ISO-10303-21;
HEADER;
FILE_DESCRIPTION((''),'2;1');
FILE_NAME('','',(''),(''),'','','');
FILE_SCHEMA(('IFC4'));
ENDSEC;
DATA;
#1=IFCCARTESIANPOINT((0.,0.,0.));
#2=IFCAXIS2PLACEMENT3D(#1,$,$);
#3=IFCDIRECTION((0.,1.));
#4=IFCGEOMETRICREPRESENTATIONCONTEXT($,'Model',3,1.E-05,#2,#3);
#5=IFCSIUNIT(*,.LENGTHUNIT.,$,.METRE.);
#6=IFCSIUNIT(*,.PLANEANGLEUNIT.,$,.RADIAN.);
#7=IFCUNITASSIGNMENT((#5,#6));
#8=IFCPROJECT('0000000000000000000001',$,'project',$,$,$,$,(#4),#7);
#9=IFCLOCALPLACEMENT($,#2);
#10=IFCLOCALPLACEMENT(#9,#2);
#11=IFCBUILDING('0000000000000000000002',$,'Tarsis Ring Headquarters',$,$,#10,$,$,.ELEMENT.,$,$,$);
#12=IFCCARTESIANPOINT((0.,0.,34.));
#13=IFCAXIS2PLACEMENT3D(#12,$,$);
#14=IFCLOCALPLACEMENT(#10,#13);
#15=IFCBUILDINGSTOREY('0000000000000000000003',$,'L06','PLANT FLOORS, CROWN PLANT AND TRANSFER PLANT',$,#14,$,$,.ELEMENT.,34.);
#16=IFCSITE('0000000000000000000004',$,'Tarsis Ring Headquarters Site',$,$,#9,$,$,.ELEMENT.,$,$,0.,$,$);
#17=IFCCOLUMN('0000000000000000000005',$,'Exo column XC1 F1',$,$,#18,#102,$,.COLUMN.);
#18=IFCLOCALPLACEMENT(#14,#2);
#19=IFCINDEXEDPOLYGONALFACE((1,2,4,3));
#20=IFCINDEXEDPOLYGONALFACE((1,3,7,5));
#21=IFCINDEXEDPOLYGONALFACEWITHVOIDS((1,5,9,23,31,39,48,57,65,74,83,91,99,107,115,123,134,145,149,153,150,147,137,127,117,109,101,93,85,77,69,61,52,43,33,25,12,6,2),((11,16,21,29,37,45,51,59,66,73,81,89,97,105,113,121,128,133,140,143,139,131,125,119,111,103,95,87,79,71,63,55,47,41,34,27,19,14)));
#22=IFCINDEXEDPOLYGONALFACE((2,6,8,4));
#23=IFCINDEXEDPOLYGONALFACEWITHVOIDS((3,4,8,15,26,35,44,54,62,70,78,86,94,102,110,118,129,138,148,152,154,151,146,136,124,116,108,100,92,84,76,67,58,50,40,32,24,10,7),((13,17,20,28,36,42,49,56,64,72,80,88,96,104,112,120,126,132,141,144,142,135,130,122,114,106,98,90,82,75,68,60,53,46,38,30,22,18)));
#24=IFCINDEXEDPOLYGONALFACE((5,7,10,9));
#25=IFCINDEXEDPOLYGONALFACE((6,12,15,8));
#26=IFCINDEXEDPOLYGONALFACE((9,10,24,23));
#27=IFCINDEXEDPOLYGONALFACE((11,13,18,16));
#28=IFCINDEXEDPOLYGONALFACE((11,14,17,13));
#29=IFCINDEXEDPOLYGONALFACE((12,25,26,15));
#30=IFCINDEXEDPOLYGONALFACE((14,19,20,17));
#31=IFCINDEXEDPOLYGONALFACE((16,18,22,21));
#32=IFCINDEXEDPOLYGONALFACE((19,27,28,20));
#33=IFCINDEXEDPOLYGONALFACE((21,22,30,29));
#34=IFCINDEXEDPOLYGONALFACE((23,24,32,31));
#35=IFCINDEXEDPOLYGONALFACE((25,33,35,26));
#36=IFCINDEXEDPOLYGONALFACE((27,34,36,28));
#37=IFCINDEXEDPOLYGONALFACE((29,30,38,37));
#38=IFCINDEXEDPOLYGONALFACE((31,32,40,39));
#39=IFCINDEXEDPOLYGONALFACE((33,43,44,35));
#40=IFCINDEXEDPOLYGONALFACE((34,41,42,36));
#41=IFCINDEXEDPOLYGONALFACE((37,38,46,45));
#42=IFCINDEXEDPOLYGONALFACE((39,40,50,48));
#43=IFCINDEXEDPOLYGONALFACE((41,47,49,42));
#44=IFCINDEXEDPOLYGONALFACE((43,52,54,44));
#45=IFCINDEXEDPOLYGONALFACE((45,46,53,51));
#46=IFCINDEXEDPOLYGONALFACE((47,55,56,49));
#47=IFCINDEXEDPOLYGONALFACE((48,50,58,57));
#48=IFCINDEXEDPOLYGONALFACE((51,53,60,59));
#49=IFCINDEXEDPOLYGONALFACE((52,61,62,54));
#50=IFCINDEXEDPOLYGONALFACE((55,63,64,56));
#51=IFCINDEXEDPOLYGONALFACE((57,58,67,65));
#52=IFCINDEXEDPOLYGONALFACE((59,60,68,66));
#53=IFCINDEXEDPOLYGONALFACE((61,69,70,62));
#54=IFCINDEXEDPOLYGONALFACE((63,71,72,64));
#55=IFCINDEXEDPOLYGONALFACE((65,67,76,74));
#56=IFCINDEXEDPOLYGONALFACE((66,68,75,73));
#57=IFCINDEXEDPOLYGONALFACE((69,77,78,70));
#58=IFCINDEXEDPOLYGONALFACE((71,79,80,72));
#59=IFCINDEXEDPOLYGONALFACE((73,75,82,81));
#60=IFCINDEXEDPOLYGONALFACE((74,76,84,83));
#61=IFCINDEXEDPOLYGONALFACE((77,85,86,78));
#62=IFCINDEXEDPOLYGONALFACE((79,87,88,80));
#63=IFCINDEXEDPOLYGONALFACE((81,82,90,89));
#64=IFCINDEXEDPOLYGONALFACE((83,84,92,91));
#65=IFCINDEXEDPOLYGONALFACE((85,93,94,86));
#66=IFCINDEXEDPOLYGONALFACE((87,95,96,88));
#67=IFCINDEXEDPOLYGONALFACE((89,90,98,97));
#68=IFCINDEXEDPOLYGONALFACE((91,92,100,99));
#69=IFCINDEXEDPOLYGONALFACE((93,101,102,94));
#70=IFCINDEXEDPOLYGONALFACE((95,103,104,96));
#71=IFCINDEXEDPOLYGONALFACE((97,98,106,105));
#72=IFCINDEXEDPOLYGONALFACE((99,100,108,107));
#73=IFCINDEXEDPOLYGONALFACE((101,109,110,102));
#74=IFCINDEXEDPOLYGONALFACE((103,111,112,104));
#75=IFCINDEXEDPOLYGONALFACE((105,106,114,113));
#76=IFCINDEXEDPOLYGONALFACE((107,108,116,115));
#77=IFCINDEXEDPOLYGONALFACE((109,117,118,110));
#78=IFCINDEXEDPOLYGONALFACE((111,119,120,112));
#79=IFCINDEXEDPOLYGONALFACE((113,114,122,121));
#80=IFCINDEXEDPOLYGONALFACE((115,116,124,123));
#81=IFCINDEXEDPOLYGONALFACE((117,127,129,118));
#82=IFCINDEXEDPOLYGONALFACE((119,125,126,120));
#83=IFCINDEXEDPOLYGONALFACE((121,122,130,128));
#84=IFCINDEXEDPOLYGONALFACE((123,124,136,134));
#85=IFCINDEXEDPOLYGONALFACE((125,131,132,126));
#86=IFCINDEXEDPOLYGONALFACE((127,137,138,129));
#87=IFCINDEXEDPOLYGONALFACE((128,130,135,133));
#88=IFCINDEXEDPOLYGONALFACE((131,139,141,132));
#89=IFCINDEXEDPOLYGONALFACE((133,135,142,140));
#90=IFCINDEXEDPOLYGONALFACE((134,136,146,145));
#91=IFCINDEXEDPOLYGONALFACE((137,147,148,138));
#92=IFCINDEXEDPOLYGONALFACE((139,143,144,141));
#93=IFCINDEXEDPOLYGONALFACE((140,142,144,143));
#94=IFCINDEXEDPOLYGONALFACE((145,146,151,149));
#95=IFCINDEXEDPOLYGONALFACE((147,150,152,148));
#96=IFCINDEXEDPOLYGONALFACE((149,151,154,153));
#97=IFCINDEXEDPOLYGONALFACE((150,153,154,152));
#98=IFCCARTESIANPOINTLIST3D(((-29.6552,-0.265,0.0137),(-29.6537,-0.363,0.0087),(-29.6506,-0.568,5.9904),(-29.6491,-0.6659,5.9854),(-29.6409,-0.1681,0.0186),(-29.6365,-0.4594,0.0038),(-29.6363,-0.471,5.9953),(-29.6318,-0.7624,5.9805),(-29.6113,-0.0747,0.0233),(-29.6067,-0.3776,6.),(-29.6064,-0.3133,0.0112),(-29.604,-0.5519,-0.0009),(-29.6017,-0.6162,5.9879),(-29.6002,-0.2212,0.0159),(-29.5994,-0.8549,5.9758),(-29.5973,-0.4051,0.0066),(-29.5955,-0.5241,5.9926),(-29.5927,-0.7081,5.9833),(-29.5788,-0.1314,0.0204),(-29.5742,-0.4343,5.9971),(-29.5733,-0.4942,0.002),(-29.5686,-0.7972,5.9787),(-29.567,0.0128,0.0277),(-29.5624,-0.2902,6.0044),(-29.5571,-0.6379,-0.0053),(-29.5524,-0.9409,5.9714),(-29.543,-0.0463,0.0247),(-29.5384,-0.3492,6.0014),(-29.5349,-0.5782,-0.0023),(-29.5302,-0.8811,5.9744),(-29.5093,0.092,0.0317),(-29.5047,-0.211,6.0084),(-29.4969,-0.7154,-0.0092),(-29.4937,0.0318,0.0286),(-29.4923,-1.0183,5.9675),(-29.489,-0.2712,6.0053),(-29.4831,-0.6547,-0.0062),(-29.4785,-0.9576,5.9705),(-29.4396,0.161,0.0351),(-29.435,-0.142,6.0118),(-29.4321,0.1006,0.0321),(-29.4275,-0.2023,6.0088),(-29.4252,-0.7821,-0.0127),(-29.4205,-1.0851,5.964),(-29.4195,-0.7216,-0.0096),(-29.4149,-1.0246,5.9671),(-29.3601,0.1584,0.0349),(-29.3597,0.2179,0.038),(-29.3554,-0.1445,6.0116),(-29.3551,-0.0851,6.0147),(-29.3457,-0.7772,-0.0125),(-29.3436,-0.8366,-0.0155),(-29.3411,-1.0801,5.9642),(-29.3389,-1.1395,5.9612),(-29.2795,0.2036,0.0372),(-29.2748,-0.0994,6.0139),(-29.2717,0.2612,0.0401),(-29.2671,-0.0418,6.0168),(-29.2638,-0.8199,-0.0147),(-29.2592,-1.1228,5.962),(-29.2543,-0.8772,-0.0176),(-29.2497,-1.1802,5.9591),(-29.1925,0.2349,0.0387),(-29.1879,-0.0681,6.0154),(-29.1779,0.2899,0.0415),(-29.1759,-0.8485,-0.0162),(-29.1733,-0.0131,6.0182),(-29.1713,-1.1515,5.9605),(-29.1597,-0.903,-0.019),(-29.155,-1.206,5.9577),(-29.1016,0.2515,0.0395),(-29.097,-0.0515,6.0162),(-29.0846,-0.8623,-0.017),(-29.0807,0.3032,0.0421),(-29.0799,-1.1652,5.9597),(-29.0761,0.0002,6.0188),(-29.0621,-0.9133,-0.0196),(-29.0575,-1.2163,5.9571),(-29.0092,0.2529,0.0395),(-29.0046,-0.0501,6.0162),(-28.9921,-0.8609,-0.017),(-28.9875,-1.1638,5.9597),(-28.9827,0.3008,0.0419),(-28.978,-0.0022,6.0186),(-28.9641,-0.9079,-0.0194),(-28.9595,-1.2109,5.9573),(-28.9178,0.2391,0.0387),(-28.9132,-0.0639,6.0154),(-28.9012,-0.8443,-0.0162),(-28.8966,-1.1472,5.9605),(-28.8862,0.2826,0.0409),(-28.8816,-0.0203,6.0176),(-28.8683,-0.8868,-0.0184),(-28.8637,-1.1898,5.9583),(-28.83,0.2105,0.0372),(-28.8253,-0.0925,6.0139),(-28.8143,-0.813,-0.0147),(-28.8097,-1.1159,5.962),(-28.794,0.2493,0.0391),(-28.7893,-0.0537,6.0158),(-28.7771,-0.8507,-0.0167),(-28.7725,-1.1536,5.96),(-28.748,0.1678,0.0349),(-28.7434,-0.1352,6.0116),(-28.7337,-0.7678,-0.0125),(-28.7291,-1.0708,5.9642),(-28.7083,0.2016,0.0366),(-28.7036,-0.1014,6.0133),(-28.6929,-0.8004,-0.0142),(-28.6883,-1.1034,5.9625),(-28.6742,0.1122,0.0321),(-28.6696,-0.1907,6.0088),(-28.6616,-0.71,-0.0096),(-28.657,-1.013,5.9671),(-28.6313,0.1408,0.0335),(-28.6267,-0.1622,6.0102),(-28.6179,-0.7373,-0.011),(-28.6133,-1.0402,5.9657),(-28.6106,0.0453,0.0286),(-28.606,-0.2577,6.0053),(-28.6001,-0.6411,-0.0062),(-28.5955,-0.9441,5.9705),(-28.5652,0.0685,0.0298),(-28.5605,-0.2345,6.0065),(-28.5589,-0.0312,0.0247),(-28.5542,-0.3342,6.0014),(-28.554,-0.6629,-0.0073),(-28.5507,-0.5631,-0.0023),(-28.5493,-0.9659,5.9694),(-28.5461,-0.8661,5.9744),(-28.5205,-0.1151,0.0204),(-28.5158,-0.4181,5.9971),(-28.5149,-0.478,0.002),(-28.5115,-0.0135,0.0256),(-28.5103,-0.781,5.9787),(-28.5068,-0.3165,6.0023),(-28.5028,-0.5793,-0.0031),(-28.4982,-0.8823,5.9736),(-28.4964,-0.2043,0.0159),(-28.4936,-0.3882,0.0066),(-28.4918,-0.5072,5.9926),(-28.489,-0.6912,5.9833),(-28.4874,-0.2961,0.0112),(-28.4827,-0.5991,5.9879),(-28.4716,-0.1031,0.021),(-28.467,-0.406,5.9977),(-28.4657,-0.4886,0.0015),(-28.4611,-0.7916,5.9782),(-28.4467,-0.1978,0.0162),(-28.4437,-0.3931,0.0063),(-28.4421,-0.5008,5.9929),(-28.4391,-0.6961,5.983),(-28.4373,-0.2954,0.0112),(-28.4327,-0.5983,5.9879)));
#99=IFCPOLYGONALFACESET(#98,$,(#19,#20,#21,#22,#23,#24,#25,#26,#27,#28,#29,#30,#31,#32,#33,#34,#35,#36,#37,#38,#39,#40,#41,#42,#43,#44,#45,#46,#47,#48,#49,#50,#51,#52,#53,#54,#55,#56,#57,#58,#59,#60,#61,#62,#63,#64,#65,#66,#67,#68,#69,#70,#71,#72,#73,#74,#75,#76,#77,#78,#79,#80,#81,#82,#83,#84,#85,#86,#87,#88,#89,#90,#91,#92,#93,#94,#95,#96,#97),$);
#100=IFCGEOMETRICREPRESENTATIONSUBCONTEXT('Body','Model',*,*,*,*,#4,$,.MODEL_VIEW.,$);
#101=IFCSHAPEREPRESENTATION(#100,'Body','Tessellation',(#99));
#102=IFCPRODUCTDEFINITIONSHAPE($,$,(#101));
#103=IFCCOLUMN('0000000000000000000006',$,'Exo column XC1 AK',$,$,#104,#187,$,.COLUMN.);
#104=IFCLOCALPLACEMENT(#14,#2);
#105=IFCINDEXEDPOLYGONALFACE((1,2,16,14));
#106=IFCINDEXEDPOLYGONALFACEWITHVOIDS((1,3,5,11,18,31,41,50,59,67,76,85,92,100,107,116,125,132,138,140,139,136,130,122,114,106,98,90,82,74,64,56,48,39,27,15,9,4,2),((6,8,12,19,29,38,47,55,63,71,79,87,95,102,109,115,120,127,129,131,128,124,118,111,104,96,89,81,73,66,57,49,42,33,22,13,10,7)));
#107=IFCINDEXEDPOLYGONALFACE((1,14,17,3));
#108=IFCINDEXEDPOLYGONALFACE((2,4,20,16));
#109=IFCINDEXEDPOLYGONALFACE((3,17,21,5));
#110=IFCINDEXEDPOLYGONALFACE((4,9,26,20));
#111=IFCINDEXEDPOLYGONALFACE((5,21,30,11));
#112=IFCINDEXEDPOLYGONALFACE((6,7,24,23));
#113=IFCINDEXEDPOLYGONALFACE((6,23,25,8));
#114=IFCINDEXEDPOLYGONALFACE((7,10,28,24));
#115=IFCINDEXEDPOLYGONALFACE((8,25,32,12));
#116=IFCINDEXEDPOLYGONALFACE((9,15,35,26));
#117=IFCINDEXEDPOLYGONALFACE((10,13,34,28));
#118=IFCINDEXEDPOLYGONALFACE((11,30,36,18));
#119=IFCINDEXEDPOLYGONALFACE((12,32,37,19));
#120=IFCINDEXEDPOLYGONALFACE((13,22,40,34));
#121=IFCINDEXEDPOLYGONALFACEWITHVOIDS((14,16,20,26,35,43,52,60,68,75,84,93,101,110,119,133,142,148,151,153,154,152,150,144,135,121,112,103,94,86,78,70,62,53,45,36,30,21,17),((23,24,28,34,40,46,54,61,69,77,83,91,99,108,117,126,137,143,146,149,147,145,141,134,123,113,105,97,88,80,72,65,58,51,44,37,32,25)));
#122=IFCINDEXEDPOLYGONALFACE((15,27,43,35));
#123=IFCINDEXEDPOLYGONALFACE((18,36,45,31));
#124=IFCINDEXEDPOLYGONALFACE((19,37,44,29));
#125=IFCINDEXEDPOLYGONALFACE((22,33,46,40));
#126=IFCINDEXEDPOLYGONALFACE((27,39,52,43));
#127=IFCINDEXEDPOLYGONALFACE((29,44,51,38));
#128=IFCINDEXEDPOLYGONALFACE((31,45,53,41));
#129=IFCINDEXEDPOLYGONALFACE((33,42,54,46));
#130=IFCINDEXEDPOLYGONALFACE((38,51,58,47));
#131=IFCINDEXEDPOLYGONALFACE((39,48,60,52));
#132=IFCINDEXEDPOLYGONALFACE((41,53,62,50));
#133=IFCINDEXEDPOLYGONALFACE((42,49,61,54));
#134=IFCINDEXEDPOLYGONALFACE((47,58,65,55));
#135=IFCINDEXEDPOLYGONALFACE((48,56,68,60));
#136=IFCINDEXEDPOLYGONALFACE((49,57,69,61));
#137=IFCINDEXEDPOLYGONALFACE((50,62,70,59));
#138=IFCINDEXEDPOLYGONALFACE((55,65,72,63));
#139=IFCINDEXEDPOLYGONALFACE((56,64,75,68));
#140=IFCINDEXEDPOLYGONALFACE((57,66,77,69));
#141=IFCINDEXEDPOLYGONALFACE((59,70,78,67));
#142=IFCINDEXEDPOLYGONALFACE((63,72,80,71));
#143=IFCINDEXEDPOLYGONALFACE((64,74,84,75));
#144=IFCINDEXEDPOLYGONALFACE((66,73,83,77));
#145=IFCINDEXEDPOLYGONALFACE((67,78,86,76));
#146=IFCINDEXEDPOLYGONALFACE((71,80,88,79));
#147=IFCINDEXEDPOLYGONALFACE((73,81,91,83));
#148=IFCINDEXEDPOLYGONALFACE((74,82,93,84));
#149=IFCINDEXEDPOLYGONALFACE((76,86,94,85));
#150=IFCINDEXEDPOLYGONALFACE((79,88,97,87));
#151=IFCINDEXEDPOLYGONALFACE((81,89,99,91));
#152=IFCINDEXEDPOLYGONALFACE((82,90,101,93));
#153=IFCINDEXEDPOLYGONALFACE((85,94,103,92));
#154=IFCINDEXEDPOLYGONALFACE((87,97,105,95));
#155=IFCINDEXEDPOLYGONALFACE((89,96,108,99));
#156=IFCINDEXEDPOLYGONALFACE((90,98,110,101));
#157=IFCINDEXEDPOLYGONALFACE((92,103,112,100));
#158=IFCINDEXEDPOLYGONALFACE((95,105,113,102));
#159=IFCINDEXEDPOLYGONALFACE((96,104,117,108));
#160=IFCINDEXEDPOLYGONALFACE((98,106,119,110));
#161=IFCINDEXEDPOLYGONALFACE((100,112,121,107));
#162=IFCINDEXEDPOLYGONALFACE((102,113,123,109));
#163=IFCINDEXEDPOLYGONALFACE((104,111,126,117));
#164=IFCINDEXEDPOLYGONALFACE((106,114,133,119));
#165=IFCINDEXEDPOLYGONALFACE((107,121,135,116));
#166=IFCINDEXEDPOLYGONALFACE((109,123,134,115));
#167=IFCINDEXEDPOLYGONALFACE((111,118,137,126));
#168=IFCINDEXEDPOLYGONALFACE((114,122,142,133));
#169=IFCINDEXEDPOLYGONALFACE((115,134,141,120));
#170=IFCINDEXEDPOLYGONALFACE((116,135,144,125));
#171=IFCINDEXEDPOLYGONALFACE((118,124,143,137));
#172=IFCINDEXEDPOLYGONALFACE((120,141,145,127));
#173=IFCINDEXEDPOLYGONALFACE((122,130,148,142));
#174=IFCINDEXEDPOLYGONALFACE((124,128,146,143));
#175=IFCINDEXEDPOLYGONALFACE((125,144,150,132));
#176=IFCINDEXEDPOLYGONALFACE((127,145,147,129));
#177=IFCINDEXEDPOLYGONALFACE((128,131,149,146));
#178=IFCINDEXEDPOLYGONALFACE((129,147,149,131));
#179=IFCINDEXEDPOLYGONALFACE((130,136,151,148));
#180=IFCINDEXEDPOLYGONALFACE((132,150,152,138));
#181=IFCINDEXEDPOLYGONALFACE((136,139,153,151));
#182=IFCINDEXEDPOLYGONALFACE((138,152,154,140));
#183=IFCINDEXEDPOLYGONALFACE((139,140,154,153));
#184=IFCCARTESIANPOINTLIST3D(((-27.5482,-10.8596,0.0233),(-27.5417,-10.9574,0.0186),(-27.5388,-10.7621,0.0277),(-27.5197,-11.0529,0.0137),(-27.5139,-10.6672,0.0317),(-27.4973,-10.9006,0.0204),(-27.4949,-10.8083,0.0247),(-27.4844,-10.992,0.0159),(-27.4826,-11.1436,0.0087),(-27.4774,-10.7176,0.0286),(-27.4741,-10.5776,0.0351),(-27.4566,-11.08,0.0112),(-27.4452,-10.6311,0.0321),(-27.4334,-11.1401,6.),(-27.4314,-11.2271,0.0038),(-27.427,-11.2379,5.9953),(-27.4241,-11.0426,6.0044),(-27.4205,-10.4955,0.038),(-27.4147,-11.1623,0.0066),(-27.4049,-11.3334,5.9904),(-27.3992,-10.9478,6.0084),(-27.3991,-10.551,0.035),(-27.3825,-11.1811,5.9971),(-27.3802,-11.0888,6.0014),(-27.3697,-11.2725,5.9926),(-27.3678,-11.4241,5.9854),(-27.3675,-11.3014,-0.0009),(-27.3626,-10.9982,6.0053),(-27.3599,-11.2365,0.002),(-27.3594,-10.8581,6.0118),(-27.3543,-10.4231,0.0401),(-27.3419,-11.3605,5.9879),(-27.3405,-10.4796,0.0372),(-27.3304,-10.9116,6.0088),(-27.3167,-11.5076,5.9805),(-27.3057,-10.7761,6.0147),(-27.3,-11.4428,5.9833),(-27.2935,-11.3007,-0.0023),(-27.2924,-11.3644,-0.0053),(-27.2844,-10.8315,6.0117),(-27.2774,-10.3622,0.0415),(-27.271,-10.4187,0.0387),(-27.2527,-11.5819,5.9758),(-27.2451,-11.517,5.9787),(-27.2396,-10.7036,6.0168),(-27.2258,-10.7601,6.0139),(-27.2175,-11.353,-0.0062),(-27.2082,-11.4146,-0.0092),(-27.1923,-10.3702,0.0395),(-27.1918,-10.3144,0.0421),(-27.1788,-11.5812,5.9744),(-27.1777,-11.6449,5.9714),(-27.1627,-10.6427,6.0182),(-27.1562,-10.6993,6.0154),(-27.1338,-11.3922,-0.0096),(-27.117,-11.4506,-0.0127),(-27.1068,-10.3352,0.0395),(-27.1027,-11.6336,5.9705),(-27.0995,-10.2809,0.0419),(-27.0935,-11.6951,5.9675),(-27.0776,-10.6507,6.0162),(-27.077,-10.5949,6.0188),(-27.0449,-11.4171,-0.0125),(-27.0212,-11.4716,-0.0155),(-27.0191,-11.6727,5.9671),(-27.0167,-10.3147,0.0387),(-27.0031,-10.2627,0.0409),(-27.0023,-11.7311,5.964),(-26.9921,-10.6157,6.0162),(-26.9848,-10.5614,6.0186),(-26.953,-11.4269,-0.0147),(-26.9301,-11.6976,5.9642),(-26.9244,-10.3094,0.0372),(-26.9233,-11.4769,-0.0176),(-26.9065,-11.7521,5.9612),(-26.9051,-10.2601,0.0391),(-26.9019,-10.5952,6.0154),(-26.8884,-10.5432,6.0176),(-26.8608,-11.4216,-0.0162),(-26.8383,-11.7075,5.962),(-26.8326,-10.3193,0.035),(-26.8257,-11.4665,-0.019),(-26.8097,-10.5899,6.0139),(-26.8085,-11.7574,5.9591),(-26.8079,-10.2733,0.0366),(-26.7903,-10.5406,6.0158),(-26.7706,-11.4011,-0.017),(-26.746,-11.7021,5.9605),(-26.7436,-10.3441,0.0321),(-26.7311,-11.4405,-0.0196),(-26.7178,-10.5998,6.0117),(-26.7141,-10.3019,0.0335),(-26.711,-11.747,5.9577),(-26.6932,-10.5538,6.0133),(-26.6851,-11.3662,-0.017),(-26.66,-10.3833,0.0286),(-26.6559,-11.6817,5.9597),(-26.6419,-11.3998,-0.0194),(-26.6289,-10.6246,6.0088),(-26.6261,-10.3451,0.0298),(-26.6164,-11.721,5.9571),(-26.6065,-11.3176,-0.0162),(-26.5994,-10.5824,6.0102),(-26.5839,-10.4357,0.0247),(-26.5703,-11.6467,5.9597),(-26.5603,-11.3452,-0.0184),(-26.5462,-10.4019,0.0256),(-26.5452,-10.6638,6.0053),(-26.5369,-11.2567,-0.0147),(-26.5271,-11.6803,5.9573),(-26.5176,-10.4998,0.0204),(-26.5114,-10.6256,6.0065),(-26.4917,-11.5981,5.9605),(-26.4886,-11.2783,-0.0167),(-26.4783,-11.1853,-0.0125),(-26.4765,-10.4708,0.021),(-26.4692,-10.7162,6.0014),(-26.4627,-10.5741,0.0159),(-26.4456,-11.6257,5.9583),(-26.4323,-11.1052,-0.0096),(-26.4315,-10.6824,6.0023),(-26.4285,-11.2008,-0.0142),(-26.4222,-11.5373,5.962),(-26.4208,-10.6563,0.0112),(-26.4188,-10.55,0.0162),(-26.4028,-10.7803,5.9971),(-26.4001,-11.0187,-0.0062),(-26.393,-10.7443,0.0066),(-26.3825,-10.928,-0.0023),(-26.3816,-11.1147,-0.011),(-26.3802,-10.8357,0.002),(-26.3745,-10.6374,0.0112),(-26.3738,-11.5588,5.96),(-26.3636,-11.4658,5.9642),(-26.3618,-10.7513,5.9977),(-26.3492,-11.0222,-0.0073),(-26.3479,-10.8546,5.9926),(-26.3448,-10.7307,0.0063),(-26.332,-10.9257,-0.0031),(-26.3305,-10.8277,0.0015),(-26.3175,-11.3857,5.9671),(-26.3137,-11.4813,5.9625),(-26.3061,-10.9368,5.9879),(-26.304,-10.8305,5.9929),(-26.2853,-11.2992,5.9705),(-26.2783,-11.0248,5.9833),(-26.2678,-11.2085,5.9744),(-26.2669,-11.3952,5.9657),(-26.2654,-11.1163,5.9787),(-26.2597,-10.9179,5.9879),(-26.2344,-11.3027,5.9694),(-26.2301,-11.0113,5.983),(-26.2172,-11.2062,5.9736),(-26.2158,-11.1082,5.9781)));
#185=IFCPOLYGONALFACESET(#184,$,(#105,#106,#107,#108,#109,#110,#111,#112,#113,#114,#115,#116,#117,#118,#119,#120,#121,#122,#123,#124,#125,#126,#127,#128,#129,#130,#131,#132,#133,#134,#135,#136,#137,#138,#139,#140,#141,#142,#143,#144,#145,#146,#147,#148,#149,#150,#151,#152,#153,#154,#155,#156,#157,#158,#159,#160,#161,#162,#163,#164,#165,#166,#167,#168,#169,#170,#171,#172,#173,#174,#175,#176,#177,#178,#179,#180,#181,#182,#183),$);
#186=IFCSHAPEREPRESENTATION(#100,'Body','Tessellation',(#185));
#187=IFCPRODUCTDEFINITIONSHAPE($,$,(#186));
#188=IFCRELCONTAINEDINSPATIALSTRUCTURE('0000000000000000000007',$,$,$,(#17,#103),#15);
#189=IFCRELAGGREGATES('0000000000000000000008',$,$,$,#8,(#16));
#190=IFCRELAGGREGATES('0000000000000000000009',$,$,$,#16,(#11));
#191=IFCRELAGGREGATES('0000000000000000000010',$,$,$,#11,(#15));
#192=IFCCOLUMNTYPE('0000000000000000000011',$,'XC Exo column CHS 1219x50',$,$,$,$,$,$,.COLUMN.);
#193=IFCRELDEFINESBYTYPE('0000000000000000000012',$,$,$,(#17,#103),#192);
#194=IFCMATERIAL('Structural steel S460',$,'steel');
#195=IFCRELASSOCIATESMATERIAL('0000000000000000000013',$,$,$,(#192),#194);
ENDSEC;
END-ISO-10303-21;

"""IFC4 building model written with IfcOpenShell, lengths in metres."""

from ifc_helpers import new_model, si_unit, direction, frame, origin, origin_2d, place, context, subcontext, project, spatial, hollow_circle, extrude, material, material_profile, profile_set, type_object, element, save


model = new_model("IFC4")

# Units and contexts
model_context = context("Model", 3, precision=1e-05, world=origin(), true_north=direction((0.0, 1.0)))
body_context = subcontext(model_context, "Body", "Model", "MODEL_VIEW")
ifc_project = project(units=[si_unit("LENGTHUNIT", "METRE"), si_unit("PLANEANGLEUNIT", "RADIAN")], contexts=[model_context])

# Site, building, storey
site_placement = place(None, origin())
site = spatial("IfcSite", under=ifc_project, at=site_placement, Name="Tarsis Ring Headquarters Site", CompositionType="ELEMENT", RefElevation=0.0)
building_placement = place(site_placement, origin())
building = spatial("IfcBuilding", under=site, at=building_placement, Name="Tarsis Ring Headquarters", CompositionType="ELEMENT")
storey_placement = place(building_placement, frame((0.0, 0.0, 34.0)))
storey = spatial("IfcBuildingStorey", under=building, at=storey_placement, Name="L06", Description="PLANT FLOORS, CROWN PLANT AND TRANSFER PLANT", CompositionType="ELEMENT", Elevation=34.0)

# Columns
ifc_material_1 = material(Name="Structural steel S460", Category="steel")
ifc_material_profile_1 = material_profile(ifc_material_1, hollow_circle(Radius=0.6096, WallThickness=0.05, at=origin_2d()), Name="CHS 1219x50")
ifc_profile_set_1 = profile_set([ifc_material_profile_1], Name="Structural steel S460")
column_type = type_object("IfcColumnType", Name="XC Exo column CHS 1219x50", PredefinedType="COLUMN", material=ifc_profile_set_1)
for number, where, z_axis, x_axis, name in (
    (1, (-29.0469, -0.3047, 0.0112), (0.000775, -0.050627, 0.998717), (0.999883, 0.015308, 0.0), "Exo column XC1 F1"),
    (2, (-26.9387, -10.8682, 0.0112), (0.019174, -0.046874, 0.998717), (0.92556, 0.378601, 0.0), "Exo column XC1 AK"),
):
    element("IfcColumn", number, at=place(storey_placement, frame(where, z_axis=z_axis, x_axis=x_axis)), inside=storey, type_object=column_type, Name=name, PredefinedType="COLUMN", context=body_context, shape_type="SweptSolid", body=[
        extrude(hollow_circle(Radius=0.6096, WallThickness=0.05, at=origin_2d()), origin(), (0.0, 0.0, 1.0), 5.9844),
    ])

save(model, "model.ifc")
